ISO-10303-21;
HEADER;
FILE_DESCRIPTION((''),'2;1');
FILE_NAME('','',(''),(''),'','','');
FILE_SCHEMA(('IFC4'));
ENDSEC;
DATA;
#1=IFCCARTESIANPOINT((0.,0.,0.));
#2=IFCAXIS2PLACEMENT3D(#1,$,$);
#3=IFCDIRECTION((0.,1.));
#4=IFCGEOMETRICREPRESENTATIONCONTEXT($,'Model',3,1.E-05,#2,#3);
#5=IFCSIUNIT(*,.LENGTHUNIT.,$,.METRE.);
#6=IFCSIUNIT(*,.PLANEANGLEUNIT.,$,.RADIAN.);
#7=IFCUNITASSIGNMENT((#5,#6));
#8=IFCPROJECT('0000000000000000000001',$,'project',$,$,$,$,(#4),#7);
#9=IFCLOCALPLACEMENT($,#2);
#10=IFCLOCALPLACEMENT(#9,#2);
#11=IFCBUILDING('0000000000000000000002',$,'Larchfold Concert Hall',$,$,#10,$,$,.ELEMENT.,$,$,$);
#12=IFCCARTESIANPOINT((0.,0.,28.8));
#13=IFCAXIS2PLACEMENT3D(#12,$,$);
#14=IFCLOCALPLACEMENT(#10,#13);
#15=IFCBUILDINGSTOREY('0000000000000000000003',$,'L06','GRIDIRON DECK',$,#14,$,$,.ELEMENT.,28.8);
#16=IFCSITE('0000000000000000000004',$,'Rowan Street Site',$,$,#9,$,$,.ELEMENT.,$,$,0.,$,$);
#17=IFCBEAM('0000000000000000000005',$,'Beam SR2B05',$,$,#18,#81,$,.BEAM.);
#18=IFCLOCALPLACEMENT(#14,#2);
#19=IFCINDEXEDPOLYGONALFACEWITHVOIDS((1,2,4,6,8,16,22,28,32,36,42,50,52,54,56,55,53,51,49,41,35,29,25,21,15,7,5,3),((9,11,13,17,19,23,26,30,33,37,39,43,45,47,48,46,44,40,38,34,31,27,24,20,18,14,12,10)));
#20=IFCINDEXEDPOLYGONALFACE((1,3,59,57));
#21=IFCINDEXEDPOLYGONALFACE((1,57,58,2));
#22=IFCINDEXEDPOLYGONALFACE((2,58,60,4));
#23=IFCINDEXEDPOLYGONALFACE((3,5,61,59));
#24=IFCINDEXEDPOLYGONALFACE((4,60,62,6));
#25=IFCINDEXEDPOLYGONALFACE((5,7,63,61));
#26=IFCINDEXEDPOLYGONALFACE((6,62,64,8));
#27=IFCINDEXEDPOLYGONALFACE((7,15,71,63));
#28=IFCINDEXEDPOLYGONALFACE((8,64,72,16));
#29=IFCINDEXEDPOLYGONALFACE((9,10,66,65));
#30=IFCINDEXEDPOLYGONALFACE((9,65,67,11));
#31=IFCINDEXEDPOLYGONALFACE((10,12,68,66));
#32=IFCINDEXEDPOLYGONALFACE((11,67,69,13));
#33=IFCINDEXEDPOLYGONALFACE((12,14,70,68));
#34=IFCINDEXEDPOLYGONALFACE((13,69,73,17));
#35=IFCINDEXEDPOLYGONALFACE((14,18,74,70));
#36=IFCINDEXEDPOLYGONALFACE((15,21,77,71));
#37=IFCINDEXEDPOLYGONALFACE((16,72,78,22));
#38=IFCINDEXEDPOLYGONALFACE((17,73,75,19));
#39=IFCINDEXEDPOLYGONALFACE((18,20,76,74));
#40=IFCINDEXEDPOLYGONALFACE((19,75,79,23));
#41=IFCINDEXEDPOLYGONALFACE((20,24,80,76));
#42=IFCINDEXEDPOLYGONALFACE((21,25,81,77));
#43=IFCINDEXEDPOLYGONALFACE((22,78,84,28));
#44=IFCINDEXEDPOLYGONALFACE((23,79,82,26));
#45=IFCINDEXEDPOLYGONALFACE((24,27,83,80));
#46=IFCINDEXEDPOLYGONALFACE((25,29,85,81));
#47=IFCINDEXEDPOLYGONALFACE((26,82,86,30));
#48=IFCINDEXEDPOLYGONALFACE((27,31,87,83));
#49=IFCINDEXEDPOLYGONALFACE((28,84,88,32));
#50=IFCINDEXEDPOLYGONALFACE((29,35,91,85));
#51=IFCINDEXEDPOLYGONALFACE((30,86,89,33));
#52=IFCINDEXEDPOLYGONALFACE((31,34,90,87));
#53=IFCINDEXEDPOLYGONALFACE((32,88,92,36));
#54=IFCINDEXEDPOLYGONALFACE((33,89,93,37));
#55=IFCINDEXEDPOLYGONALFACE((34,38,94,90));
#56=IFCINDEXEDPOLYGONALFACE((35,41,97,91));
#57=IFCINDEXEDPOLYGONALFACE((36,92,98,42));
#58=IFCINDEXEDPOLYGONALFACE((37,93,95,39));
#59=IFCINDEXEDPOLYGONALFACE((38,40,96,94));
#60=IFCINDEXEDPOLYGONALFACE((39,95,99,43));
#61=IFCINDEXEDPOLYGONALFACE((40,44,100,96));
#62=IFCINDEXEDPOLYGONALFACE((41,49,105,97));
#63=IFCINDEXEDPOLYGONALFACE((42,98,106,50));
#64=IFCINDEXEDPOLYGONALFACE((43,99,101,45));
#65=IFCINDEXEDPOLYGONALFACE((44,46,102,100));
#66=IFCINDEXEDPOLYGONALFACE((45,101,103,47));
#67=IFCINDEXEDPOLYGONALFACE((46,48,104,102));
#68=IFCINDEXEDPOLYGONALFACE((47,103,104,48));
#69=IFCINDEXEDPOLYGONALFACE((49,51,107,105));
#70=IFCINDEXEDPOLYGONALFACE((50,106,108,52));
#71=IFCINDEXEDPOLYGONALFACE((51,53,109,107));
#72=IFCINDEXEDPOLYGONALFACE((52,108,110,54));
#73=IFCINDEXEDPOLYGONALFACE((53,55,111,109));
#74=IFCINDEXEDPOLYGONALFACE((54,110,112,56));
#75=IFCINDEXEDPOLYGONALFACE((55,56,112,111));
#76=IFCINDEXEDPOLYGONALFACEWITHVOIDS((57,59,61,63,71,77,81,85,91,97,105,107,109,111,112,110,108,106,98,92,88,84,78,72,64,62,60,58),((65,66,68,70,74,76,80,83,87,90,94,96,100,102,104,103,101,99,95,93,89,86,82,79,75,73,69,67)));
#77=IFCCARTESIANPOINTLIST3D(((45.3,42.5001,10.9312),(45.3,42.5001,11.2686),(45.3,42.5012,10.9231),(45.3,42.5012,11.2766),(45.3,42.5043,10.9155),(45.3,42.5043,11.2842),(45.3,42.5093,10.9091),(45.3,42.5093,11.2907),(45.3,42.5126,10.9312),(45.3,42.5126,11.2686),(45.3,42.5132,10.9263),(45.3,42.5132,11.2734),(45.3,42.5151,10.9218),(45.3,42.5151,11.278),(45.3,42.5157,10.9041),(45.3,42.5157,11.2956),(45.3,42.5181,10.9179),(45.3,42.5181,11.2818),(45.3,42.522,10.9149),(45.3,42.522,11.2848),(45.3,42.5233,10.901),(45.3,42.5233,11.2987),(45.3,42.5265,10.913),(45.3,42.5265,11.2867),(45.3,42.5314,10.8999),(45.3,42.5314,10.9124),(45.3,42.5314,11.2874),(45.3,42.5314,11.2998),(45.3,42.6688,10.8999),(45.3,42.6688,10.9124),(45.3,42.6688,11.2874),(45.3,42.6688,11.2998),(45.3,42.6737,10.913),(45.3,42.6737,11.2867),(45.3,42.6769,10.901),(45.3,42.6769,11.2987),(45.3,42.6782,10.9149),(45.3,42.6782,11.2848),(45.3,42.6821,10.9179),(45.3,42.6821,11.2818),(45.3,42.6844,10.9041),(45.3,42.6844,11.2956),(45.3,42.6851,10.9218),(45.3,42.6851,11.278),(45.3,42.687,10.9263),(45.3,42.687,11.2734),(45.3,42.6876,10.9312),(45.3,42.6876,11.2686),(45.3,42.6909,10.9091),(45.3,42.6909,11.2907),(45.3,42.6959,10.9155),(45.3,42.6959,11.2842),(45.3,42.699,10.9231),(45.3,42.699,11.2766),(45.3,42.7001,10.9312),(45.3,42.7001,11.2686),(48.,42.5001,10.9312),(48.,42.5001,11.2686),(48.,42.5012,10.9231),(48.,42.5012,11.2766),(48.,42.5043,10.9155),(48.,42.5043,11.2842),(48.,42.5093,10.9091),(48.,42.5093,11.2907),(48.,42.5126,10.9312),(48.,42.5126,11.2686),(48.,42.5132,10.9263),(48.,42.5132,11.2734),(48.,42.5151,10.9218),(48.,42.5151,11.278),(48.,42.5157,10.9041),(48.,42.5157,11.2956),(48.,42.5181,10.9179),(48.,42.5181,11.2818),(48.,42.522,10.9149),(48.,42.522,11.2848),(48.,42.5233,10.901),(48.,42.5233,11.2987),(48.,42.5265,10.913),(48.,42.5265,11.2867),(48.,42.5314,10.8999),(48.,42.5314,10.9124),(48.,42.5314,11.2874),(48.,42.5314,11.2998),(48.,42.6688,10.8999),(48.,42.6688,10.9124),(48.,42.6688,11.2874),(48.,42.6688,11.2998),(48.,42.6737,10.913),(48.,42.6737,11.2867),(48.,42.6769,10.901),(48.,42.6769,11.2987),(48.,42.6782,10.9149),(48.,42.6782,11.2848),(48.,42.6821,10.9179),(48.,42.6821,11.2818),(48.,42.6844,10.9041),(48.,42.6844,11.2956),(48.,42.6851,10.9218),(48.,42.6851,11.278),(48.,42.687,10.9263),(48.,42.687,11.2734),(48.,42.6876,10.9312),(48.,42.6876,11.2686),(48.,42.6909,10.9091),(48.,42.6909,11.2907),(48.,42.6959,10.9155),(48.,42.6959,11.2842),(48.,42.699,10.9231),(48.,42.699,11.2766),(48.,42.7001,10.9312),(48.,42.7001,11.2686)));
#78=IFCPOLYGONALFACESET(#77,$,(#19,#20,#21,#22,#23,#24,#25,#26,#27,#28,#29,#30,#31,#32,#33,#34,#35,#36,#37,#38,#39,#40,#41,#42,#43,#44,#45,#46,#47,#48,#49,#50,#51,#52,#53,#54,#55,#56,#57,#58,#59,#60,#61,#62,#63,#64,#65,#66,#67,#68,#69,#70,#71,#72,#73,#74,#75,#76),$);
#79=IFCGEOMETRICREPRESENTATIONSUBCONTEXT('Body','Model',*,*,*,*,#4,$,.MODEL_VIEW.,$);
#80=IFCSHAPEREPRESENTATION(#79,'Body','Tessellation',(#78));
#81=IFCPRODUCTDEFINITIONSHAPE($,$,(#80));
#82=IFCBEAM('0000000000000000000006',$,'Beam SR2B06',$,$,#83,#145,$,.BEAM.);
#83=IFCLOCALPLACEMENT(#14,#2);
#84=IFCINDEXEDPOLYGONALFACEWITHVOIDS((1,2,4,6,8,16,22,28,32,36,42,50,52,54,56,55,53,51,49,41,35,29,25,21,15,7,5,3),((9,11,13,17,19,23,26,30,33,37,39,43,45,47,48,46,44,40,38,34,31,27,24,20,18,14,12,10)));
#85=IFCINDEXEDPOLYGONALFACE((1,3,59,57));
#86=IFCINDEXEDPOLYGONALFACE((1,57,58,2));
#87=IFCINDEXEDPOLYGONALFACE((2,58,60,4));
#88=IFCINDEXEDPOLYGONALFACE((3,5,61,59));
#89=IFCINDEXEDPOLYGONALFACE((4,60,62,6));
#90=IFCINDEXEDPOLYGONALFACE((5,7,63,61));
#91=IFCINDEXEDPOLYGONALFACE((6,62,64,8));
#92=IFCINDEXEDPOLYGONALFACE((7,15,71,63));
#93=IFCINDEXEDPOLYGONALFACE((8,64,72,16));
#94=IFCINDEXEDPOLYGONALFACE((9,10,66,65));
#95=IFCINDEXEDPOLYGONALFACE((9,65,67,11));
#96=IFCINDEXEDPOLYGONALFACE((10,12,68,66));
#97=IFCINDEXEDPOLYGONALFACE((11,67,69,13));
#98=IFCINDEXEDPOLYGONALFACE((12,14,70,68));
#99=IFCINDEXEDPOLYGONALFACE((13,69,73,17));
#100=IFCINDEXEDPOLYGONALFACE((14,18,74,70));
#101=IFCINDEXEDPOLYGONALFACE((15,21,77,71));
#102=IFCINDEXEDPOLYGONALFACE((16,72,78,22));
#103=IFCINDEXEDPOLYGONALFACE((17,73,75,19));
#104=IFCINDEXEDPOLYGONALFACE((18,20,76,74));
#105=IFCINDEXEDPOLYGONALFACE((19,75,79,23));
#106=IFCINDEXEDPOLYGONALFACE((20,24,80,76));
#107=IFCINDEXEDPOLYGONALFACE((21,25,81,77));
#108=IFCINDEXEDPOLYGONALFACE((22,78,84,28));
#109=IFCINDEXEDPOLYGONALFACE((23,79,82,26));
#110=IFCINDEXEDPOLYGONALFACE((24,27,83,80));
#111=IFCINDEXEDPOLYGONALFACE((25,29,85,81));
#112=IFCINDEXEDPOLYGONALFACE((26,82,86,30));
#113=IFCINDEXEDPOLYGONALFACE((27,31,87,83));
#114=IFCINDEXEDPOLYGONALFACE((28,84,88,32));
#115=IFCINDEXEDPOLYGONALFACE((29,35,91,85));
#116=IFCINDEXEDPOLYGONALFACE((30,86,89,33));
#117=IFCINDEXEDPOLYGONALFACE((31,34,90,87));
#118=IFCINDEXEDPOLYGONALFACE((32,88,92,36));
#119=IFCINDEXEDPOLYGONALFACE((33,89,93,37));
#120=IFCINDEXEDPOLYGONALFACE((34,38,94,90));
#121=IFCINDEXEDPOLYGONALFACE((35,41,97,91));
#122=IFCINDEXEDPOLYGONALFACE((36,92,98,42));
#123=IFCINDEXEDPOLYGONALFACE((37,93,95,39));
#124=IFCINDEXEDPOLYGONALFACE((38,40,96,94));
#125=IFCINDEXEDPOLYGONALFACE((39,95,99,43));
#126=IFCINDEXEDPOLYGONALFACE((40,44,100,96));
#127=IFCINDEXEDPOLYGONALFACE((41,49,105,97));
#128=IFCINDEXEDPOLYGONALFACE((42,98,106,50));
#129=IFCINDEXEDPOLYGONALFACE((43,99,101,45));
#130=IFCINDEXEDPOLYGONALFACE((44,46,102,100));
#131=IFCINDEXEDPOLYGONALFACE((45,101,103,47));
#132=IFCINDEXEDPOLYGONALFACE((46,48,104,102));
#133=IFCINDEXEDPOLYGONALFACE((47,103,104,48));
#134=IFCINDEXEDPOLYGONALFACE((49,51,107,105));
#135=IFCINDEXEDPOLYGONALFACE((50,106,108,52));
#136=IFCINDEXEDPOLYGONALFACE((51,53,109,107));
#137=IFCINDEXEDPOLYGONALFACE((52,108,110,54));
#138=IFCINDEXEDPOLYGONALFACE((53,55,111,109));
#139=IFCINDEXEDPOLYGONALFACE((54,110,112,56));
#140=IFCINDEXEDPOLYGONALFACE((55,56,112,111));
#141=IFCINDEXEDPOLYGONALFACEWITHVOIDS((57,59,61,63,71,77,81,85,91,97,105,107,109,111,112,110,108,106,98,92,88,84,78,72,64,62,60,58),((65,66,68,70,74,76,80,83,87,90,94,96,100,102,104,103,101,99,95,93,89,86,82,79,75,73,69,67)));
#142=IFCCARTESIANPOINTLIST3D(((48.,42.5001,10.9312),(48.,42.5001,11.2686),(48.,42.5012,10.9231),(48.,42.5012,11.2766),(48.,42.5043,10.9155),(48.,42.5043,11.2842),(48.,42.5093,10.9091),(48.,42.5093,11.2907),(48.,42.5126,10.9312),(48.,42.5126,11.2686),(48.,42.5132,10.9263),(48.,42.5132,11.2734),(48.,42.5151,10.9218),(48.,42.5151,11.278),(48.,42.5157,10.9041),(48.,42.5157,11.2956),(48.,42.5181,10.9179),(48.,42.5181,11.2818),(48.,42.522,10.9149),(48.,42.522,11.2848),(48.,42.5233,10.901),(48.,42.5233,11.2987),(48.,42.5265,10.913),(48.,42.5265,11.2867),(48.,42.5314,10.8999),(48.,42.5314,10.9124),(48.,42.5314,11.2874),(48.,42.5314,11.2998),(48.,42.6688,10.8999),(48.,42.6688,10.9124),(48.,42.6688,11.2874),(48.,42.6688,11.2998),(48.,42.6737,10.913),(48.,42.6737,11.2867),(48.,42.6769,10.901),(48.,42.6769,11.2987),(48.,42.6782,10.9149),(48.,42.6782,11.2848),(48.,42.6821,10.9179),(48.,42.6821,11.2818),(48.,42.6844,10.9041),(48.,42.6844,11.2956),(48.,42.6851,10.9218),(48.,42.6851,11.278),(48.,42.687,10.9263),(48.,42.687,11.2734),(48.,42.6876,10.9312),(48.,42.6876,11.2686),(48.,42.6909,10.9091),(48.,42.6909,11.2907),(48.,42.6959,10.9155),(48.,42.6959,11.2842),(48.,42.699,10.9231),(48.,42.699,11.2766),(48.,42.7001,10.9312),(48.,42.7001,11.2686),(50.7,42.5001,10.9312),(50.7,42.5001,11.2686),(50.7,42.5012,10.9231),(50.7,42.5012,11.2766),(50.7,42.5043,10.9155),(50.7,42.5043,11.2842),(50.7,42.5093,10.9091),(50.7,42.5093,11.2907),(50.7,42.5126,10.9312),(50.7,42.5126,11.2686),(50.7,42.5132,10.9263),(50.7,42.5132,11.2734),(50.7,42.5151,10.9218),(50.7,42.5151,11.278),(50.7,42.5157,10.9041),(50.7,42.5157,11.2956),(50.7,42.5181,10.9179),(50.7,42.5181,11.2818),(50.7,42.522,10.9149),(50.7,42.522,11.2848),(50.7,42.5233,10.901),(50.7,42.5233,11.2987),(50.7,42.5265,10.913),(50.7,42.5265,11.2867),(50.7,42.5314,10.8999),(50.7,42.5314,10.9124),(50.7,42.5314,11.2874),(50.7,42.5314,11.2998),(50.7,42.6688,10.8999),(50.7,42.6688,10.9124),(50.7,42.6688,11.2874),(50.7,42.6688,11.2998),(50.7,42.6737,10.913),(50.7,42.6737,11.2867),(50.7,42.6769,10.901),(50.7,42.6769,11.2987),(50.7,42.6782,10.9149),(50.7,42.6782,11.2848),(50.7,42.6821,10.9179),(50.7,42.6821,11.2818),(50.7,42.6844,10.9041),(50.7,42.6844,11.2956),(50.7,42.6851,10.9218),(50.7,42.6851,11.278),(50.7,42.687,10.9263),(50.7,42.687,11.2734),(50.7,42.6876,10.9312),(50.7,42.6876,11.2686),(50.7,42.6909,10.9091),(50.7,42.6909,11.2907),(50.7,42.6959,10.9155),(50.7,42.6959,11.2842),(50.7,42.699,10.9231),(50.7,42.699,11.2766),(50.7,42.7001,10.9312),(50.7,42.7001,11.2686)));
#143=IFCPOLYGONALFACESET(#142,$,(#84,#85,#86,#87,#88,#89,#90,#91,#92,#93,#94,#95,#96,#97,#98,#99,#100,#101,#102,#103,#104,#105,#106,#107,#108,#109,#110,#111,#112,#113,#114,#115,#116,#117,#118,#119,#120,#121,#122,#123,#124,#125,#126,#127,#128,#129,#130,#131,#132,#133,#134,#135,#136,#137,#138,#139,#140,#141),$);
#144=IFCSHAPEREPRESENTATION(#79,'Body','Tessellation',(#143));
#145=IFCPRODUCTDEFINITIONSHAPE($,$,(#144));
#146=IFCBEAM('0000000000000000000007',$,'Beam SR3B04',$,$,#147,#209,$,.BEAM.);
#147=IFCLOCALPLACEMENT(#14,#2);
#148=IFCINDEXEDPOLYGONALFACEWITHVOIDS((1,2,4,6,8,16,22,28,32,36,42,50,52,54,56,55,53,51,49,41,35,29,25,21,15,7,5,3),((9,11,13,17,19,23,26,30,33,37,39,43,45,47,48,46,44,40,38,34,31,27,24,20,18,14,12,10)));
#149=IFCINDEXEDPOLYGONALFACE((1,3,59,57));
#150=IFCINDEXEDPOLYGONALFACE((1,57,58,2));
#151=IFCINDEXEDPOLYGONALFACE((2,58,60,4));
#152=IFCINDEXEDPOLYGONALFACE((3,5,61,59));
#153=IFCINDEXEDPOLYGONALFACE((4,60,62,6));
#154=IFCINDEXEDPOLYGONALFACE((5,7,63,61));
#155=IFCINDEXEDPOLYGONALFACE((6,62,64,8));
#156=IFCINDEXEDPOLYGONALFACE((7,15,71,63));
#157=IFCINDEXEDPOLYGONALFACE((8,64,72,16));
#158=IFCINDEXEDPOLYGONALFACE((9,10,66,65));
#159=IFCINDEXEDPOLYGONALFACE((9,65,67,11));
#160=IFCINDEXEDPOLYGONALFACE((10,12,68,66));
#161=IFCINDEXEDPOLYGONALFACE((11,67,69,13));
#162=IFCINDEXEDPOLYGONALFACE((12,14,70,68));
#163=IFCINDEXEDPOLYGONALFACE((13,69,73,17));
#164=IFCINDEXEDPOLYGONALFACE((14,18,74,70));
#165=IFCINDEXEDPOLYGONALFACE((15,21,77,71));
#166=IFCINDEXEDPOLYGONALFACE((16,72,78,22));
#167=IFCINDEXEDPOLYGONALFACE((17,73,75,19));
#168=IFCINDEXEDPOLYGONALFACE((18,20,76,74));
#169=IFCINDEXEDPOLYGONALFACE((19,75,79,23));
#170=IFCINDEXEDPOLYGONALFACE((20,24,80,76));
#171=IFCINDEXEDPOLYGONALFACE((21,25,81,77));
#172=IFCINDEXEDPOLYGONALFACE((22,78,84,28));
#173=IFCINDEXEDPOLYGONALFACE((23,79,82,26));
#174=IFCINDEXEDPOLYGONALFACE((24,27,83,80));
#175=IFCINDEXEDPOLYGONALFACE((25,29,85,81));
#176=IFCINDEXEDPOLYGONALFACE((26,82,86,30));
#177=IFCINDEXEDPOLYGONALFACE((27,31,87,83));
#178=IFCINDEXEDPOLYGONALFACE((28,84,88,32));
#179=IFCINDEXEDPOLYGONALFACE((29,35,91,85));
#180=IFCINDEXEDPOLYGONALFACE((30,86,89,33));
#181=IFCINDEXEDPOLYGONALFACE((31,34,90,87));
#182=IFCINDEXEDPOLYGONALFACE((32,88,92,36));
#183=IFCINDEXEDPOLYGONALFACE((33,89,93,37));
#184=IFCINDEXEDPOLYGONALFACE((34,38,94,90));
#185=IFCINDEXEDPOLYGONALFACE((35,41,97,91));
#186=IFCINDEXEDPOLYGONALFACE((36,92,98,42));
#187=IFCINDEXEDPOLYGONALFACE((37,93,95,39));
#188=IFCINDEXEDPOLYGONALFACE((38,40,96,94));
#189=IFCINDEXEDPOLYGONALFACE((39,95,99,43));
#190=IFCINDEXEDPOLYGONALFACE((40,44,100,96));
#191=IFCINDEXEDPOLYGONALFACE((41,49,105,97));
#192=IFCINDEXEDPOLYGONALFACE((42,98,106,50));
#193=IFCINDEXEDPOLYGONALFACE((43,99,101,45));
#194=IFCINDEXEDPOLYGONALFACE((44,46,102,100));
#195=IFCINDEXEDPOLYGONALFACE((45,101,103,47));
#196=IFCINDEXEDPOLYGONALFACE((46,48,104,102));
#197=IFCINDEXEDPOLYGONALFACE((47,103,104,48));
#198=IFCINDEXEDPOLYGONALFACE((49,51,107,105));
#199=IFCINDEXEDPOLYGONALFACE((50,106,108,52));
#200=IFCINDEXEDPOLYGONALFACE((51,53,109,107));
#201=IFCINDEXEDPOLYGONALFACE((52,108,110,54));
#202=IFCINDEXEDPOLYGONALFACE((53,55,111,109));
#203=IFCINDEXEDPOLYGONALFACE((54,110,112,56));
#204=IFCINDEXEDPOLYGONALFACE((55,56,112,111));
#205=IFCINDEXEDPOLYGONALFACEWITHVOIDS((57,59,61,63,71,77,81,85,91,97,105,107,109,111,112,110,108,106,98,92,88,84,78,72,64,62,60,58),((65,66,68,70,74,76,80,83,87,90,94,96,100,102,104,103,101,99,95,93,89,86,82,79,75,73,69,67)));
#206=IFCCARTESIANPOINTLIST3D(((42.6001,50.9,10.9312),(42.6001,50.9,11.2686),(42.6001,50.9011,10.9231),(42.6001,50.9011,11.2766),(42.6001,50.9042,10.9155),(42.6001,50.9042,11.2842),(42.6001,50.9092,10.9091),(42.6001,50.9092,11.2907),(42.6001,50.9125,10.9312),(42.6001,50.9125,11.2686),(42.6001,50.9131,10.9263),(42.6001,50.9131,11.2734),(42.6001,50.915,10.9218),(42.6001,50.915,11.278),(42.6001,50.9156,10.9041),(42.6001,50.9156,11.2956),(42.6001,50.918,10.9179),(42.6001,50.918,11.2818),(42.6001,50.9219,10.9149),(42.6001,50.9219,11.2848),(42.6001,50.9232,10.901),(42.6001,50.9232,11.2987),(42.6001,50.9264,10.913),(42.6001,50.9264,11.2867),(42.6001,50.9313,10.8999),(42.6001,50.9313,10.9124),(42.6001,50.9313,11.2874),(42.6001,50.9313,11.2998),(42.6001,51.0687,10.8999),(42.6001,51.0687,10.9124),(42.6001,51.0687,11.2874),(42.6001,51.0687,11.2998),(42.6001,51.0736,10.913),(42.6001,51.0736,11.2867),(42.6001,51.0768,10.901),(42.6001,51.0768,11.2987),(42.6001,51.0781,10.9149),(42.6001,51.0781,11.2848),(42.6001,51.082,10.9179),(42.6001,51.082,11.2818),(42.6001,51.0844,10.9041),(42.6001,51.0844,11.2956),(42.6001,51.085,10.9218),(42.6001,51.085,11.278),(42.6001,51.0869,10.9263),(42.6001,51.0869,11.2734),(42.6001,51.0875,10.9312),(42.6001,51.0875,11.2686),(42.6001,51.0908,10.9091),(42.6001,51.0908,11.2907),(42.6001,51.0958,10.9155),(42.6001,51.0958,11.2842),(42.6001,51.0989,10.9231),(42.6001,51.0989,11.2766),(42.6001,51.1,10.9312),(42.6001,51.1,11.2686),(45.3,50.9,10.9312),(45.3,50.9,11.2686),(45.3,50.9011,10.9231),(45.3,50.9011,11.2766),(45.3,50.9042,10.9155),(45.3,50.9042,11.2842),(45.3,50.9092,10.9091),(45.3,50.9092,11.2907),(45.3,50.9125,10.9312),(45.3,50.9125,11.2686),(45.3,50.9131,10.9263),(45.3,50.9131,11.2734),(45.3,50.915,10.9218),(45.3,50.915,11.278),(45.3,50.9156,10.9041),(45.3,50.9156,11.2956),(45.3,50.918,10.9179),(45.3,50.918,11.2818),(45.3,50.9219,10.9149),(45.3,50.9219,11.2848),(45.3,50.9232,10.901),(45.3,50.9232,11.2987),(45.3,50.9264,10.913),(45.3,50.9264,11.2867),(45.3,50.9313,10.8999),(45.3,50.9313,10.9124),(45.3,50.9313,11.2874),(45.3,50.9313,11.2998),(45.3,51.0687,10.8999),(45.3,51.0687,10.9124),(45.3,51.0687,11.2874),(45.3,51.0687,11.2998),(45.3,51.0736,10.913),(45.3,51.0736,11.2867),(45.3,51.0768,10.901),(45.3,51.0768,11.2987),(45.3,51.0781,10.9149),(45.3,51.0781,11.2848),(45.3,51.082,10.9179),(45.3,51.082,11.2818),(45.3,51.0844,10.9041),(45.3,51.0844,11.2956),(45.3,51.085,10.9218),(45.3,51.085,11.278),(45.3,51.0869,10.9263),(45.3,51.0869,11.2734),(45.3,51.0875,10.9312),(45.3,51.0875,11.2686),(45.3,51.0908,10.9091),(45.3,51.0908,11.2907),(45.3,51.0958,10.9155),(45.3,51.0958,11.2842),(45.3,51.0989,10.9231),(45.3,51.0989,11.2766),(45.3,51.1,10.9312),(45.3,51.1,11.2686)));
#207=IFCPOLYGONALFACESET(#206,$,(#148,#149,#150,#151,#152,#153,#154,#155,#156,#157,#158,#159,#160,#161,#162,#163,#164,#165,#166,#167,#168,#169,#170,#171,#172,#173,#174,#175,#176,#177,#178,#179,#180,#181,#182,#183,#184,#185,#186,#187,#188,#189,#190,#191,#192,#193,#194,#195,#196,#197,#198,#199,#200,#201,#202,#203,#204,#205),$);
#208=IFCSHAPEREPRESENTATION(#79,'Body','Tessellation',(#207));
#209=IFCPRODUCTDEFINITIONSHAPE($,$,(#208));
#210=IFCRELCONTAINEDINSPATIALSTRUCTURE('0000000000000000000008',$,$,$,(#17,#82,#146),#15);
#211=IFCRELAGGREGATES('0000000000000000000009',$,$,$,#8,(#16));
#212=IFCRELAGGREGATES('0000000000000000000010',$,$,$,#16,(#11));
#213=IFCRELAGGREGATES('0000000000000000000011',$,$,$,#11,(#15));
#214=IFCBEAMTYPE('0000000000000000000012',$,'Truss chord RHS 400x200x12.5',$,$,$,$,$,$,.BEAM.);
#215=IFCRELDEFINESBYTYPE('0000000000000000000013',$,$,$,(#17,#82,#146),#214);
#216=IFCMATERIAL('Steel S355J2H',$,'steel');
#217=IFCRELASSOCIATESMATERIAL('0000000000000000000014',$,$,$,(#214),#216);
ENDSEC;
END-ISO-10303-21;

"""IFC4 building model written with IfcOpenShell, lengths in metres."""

from ifc_helpers import new_model, si_unit, direction, frame, origin, origin_2d, place, context, subcontext, project, spatial, hollow_rectangle, extrude, material, material_profile, profile_set, type_object, element, save


model = new_model("IFC4")

# Units and contexts
model_context = context("Model", 3, precision=1e-05, world=origin(), true_north=direction((0.0, 1.0)))
body_context = subcontext(model_context, "Body", "Model", "MODEL_VIEW")
ifc_project = project(units=[si_unit("LENGTHUNIT", "METRE"), si_unit("PLANEANGLEUNIT", "RADIAN")], contexts=[model_context])

# Site, building, storey
site_placement = place(None, origin())
site = spatial("IfcSite", under=ifc_project, at=site_placement, Name="Rowan Street Site", CompositionType="ELEMENT", RefElevation=0.0)
building_placement = place(site_placement, origin())
building = spatial("IfcBuilding", under=site, at=building_placement, Name="Larchfold Concert Hall", CompositionType="ELEMENT")
storey_placement = place(building_placement, frame((0.0, 0.0, 28.8)))
storey = spatial("IfcBuildingStorey", under=building, at=storey_placement, Name="L06", Description="GRIDIRON DECK", CompositionType="ELEMENT", Elevation=28.8)

# Beams
ifc_material_1 = material(Name="Steel S355J2H", Category="steel")
ifc_material_profile_1 = material_profile(ifc_material_1, hollow_rectangle(XDim=0.2, YDim=0.3999, WallThickness=0.0125, InnerFilletRadius=0.0188, OuterFilletRadius=0.0312, at=origin_2d()))
ifc_profile_set_1 = profile_set([ifc_material_profile_1], Name="Steel S355J2H")
beam_type_1 = type_object("IfcBeamType", Name="Truss chord RHS 400x200x12.5", PredefinedType="BEAM", material=ifc_profile_set_1)
for number, where, z_axis, x_axis, name in (
    (1, (45.3, 42.6001, 11.0999), (1.0, 0.0, 0.0), (0.0, 1.0, 0.0), "Beam SR2B05"),
    (2, (48.0, 42.6001, 11.0999), (1.0, 0.0, 0.0), (0.0, 1.0, 0.0), "Beam SR2B06"),
    (3, (42.6001, 51.0, 11.0999), (1.0, 0.0, 0.0), (0.0, 1.0, 0.0), "Beam SR3B04"),
):
    element("IfcBeam", number, at=place(storey_placement, frame(where, z_axis=z_axis, x_axis=x_axis)), inside=storey, type_object=beam_type_1, Name=name, PredefinedType="BEAM", context=body_context, shape_type="SweptSolid", body=[
        extrude(hollow_rectangle(XDim=0.2, YDim=0.3999, WallThickness=0.0125, InnerFilletRadius=0.0188, OuterFilletRadius=0.0312, at=origin_2d()), origin(), (0.0, 0.0, 1.0), 2.7),
    ])

save(model, "model.ifc")
